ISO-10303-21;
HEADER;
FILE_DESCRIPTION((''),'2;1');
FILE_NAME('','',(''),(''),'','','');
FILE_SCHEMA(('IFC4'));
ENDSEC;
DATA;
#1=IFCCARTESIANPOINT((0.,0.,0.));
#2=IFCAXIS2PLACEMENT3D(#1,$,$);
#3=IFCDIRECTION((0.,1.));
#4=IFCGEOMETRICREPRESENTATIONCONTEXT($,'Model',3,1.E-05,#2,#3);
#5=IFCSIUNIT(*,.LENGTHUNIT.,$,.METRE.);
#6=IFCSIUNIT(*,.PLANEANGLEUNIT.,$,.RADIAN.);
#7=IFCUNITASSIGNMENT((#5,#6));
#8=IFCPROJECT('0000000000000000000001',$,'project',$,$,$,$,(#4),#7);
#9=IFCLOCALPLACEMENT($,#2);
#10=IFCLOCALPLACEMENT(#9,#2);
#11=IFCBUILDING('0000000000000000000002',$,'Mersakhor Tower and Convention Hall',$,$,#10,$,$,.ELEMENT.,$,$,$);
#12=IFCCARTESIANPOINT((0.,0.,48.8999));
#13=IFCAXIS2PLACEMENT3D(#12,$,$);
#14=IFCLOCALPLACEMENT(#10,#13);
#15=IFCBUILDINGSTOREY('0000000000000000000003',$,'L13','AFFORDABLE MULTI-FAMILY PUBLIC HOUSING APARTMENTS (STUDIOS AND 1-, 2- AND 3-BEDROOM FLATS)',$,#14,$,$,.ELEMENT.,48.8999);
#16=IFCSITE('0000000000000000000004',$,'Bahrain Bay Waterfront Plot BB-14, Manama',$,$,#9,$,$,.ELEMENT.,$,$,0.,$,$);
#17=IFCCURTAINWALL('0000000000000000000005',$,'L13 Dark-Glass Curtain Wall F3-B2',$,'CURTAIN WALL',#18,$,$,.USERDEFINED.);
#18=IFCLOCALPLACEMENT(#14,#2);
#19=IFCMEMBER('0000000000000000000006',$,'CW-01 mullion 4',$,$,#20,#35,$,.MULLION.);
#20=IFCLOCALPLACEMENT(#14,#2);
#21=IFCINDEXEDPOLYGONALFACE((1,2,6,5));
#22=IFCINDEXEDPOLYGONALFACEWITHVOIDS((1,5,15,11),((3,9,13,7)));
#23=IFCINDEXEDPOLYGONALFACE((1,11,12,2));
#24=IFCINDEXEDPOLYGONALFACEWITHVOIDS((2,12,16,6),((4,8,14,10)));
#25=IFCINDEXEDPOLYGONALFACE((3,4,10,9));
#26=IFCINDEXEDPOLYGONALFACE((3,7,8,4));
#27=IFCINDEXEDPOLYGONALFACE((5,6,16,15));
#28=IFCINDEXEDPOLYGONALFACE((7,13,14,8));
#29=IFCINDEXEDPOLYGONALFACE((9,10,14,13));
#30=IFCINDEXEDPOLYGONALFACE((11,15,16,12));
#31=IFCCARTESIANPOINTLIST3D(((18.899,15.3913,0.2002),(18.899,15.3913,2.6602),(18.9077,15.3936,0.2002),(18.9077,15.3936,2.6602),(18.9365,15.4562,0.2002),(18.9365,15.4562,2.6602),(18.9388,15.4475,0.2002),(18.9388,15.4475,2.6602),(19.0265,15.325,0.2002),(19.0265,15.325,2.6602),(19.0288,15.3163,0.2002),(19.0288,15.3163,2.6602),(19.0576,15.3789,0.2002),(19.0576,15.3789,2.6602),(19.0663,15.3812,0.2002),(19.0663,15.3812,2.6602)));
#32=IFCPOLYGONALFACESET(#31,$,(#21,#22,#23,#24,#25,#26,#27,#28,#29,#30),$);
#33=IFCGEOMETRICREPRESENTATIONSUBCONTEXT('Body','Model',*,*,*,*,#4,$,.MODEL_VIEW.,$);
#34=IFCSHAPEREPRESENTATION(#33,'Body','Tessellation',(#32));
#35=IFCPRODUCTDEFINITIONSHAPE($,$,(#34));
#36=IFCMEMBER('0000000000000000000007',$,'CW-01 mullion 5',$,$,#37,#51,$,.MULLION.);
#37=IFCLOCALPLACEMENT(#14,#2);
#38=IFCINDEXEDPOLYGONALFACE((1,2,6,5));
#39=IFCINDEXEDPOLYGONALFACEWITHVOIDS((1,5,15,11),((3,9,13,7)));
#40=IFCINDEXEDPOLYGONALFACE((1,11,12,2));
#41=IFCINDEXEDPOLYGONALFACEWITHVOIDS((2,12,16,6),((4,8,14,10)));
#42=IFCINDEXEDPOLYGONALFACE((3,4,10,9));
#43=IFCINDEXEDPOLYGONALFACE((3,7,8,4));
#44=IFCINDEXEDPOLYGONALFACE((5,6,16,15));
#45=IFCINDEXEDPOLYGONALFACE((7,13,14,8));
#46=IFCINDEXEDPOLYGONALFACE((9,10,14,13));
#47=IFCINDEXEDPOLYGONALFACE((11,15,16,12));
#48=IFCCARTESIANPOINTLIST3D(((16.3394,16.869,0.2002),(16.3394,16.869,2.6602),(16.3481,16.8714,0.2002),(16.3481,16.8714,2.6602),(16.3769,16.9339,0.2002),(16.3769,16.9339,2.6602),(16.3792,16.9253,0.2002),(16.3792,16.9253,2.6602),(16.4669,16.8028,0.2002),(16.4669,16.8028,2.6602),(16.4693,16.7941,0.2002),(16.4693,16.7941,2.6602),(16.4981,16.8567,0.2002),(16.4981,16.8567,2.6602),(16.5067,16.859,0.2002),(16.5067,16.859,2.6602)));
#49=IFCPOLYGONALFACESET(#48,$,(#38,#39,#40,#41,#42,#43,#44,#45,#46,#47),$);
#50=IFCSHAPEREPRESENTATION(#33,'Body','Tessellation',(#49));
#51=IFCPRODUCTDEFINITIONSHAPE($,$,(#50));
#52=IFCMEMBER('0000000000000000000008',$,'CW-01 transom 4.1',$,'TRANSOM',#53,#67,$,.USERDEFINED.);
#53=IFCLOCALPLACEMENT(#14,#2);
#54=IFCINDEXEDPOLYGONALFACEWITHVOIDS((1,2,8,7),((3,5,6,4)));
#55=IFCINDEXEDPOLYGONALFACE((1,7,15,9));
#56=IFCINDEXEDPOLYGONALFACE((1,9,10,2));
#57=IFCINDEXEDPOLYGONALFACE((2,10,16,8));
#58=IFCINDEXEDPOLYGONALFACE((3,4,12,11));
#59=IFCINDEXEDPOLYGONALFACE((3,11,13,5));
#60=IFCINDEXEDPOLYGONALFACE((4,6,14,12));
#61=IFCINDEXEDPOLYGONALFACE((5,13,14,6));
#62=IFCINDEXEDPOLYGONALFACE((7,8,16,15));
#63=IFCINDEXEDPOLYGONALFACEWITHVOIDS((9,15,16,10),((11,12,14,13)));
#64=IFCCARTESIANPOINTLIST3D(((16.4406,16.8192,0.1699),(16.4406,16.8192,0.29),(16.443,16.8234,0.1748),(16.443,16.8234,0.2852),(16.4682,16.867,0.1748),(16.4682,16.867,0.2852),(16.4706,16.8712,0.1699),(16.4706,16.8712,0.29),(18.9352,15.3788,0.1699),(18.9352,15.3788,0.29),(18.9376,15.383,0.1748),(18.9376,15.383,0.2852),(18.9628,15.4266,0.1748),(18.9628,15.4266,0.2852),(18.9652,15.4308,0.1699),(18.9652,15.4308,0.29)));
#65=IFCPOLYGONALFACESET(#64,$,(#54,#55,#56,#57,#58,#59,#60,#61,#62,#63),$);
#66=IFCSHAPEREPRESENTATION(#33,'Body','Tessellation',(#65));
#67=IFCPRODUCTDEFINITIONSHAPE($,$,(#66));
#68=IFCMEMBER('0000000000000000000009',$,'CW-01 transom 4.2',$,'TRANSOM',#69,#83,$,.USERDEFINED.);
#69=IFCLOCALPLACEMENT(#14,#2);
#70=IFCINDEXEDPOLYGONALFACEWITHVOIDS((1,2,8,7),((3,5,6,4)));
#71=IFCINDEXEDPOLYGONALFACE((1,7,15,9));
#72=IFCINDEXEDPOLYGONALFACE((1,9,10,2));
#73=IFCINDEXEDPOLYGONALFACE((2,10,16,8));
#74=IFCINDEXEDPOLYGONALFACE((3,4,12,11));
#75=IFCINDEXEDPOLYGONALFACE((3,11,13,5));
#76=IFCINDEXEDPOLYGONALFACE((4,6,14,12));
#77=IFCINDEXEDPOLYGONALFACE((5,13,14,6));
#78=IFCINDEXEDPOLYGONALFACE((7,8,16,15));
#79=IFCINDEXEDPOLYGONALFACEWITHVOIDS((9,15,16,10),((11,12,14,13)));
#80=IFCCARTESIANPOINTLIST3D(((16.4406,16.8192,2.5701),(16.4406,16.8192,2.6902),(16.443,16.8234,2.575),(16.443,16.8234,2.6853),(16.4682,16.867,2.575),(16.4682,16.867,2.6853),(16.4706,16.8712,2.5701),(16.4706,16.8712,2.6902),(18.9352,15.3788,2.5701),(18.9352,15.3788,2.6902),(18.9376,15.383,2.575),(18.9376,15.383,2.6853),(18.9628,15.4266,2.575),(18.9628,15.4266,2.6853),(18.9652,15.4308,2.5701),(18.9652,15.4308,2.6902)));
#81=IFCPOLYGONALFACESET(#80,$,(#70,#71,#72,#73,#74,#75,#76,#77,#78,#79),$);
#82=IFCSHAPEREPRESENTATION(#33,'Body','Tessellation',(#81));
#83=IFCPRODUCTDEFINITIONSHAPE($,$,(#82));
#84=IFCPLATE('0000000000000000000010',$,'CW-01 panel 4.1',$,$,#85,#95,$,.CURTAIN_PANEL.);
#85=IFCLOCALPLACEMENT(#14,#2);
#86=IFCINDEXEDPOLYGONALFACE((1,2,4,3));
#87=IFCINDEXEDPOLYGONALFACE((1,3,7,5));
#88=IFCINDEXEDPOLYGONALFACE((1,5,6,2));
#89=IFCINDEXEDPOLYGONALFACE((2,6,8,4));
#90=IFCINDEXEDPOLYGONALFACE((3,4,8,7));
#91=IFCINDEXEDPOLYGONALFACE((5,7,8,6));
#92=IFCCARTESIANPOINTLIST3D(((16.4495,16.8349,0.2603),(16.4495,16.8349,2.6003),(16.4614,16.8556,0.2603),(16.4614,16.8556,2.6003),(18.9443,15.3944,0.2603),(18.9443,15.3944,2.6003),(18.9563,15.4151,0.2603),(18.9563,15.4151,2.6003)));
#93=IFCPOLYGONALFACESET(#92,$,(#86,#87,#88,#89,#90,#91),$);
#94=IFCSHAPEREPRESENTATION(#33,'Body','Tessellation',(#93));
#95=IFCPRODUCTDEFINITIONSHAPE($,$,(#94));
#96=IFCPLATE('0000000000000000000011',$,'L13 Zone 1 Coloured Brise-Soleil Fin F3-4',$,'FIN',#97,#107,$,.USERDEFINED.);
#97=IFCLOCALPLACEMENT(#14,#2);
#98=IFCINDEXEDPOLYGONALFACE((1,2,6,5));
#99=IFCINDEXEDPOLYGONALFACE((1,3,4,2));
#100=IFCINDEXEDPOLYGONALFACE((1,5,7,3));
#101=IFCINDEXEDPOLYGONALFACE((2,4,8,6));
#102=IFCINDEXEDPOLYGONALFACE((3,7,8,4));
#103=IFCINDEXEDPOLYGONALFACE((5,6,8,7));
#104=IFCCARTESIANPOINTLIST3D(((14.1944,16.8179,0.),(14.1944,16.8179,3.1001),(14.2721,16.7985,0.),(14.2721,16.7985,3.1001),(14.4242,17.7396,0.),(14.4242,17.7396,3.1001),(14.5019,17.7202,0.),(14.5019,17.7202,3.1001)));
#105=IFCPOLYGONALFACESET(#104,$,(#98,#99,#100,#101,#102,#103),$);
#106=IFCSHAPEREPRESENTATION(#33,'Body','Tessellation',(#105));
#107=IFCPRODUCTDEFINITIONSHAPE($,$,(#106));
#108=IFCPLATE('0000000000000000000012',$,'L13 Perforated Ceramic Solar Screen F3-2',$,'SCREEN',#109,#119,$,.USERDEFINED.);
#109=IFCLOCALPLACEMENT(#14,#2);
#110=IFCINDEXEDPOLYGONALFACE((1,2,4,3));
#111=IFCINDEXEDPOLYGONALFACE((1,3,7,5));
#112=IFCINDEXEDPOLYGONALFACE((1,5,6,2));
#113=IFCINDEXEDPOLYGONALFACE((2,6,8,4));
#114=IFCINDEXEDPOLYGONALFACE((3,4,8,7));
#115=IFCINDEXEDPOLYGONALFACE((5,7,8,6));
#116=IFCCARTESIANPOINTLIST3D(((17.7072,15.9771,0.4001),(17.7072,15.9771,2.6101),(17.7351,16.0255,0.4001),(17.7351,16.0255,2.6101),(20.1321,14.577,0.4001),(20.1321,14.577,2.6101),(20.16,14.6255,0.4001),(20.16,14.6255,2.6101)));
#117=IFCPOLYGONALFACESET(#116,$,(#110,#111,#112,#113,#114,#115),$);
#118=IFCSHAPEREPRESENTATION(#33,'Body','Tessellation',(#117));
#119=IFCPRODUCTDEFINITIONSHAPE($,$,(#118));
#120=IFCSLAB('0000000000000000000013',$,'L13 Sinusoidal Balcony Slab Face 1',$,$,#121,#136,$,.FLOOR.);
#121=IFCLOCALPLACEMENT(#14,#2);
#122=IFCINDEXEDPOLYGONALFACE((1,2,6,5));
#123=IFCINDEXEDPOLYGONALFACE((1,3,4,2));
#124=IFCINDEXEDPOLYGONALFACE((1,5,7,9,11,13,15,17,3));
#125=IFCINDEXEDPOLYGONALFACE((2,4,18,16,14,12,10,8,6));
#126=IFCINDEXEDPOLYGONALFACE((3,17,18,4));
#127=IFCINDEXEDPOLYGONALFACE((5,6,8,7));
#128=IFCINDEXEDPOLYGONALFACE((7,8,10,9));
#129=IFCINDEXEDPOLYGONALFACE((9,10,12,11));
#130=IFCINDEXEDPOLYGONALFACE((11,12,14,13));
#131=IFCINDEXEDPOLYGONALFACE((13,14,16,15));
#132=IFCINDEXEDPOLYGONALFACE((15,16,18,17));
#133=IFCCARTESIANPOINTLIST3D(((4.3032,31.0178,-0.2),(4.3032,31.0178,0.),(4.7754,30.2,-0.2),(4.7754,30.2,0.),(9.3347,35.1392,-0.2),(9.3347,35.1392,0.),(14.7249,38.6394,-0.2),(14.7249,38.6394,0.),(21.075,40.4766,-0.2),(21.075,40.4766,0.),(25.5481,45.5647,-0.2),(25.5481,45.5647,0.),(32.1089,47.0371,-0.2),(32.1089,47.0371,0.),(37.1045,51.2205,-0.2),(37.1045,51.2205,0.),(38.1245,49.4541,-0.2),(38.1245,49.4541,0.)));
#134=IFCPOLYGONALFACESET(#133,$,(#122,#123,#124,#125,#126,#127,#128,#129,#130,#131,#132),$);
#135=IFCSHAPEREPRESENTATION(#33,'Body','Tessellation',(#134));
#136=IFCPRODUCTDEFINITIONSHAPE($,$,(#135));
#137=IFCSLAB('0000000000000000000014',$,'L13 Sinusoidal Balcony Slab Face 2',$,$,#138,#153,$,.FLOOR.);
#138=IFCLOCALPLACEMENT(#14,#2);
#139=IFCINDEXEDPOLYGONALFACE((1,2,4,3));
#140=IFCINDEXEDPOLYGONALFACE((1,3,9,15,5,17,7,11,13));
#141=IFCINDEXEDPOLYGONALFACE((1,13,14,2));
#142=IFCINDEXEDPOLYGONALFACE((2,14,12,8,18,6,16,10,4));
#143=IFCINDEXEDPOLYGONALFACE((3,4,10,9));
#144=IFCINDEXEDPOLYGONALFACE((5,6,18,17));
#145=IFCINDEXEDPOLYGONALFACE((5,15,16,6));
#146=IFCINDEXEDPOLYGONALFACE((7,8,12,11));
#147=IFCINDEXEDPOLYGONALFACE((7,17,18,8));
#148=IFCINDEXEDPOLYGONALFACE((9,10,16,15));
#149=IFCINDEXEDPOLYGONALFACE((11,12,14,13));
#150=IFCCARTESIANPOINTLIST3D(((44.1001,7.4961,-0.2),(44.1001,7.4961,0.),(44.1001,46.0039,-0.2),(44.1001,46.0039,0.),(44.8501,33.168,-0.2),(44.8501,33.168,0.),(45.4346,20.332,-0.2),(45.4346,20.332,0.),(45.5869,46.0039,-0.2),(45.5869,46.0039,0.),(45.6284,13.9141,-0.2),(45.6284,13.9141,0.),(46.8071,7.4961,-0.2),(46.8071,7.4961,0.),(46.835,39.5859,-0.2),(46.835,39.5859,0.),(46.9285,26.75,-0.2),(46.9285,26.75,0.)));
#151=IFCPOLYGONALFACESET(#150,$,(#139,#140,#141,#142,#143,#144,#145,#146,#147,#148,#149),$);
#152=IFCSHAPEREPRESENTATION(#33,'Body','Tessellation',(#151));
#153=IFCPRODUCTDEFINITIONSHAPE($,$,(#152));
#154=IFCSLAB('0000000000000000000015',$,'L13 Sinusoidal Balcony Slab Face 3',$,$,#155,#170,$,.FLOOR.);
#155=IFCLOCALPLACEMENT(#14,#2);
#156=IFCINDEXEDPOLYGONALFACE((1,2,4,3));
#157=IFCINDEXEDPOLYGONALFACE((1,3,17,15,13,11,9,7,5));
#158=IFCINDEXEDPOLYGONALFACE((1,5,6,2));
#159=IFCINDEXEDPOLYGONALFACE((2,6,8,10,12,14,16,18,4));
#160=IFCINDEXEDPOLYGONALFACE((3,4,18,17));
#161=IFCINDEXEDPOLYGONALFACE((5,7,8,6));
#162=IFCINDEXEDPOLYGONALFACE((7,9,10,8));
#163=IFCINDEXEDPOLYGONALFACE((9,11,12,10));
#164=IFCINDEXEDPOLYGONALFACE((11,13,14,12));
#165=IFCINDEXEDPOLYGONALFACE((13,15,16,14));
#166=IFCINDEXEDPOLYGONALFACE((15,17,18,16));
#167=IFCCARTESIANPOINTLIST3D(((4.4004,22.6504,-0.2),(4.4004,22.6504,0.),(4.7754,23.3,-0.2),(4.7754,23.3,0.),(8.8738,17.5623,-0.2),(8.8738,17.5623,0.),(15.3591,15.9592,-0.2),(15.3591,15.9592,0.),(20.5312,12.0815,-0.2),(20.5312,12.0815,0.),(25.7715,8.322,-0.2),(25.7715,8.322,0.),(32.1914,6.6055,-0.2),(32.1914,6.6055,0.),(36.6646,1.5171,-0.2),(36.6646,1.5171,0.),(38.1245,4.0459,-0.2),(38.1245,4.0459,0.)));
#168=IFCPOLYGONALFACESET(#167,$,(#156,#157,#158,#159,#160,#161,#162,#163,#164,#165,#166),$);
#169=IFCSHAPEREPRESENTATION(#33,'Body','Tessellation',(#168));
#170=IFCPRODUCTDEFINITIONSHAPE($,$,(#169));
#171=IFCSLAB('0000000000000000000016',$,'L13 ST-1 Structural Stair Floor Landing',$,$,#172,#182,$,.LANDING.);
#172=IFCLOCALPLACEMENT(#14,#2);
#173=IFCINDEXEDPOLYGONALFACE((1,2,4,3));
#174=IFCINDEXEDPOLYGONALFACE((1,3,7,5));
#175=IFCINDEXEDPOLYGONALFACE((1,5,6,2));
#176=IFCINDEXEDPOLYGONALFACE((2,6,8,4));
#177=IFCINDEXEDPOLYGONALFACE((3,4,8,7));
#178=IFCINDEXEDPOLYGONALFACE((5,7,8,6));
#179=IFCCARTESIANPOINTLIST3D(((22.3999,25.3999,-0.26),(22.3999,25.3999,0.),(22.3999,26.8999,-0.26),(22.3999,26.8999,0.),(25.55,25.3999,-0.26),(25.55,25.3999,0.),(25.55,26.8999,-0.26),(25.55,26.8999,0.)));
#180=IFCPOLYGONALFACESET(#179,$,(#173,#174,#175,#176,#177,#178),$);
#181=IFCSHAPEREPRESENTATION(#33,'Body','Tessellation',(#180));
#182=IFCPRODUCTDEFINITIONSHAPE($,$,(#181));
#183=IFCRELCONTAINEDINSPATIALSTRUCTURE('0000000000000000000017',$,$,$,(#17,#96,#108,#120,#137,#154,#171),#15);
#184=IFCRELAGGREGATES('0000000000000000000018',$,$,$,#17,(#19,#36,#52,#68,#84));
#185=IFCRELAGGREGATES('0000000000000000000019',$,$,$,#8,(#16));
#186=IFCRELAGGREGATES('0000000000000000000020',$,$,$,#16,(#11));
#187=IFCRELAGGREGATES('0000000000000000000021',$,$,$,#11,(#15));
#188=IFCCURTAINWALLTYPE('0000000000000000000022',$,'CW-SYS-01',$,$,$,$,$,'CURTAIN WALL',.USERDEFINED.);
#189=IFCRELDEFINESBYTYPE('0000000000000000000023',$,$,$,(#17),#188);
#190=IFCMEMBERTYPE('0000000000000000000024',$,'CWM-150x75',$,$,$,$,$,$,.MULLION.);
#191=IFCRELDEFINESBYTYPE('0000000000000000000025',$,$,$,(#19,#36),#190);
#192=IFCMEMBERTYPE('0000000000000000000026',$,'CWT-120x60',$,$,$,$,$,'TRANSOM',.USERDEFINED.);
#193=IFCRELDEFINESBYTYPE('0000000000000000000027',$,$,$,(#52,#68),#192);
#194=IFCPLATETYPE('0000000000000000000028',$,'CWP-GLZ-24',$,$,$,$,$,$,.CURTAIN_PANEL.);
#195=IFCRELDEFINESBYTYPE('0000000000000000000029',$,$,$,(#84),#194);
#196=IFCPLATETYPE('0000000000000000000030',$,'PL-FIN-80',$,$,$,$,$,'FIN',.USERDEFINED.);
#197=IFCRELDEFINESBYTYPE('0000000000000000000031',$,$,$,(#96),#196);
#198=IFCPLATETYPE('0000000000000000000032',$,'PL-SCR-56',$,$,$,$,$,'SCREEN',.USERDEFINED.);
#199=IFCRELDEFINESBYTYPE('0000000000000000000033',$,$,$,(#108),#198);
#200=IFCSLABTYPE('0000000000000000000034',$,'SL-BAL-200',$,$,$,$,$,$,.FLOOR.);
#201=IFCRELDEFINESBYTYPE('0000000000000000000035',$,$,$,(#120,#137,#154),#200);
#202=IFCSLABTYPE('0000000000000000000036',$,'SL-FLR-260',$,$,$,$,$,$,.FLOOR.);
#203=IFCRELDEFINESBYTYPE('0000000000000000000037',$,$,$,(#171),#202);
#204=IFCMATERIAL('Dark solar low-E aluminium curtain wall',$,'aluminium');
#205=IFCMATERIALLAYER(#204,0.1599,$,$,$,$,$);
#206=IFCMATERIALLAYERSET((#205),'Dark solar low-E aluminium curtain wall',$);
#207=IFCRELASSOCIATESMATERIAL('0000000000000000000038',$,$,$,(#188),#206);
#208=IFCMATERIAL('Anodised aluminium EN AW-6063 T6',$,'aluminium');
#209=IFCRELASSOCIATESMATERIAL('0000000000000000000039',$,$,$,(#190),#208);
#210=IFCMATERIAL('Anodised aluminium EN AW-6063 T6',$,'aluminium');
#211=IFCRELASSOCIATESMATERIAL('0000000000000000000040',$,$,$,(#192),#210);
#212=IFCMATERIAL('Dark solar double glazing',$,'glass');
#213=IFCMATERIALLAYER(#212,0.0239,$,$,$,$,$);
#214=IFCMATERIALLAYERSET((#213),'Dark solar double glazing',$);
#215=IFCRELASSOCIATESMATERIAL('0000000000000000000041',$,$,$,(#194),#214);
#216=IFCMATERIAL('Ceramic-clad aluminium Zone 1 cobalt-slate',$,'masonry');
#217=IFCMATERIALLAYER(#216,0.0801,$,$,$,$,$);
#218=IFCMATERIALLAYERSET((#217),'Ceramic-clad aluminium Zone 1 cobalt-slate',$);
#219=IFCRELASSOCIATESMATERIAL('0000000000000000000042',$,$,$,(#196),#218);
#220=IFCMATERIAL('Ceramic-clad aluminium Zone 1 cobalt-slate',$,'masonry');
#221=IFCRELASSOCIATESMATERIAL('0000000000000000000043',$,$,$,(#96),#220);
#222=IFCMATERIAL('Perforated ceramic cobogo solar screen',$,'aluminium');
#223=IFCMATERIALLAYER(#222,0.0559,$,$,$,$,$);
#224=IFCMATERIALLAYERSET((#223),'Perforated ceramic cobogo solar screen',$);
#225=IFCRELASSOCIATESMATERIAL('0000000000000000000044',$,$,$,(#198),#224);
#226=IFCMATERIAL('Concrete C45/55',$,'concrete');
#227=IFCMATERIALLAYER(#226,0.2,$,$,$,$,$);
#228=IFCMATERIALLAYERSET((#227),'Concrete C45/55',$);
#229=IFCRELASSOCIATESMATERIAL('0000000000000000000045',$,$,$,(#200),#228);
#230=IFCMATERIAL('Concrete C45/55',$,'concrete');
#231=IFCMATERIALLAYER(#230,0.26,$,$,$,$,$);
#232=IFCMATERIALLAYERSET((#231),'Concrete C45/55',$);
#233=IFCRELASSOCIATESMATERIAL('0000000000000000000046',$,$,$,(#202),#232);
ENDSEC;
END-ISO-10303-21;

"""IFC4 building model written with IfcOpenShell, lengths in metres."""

from ifc_helpers import new_model, si_unit, direction, frame, origin, origin_2d, place, context, subcontext, project, spatial, polyline, rectangle, hollow_rectangle, outline, extrude, material, layer, layer_set, material_profile, profile_set, type_object, element, aggregate, save


model = new_model("IFC4")

# Units and contexts
model_context = context("Model", 3, precision=1e-05, world=origin(), true_north=direction((0.0, 1.0)))
body_context = subcontext(model_context, "Body", "Model", "MODEL_VIEW")
ifc_project = project(units=[si_unit("LENGTHUNIT", "METRE"), si_unit("PLANEANGLEUNIT", "RADIAN")], contexts=[model_context])

# Site, building, storey
site_placement = place(None, origin())
site = spatial("IfcSite", under=ifc_project, at=site_placement, Name="Bahrain Bay Waterfront Plot BB-14, Manama", CompositionType="ELEMENT", RefElevation=0.0)
building_placement = place(site_placement, origin())
building = spatial("IfcBuilding", under=site, at=building_placement, Name="Mersakhor Tower and Convention Hall", CompositionType="ELEMENT")
storey_placement = place(building_placement, frame((0.0, 0.0, 48.8999)))
storey = spatial("IfcBuildingStorey", under=building, at=storey_placement, Name="L13", Description="AFFORDABLE MULTI-FAMILY PUBLIC HOUSING APARTMENTS (STUDIOS AND 1-, 2- AND 3-BEDROOM FLATS)", CompositionType="ELEMENT", Elevation=48.8999)

# Curtain wall, members, plate
ifc_material_1 = material(Name="Dark solar low-E aluminium curtain wall", Category="aluminium")
ifc_layer_1 = layer(ifc_material_1, 0.1599)
ifc_layer_set_1 = layer_set([ifc_layer_1], Name="Dark solar low-E aluminium curtain wall")
curtain_wall_type = type_object("IfcCurtainWallType", Name="CW-SYS-01", ElementType="CURTAIN WALL", PredefinedType="USERDEFINED", material=ifc_layer_set_1)
curtain_wall_placement = place(storey_placement, origin())
curtain_wall = element("IfcCurtainWall", 1, at=curtain_wall_placement, inside=storey, type_object=curtain_wall_type, Name="L13 Dark-Glass Curtain Wall F3-B2", ObjectType="CURTAIN WALL", PredefinedType="USERDEFINED")
ifc_material_2 = material(Name="Anodised aluminium EN AW-6063 T6", Category="aluminium")
ifc_material_profile_1 = material_profile(ifc_material_2, hollow_rectangle(XDim=0.075, YDim=0.1499, WallThickness=0.0063, at=origin_2d()), Name="RHS 150x75x6.3")
ifc_profile_set_1 = profile_set([ifc_material_profile_1], Name="Anodised aluminium EN AW-6063 T6")
member_type_1 = type_object("IfcMemberType", Name="CWM-150x75", PredefinedType="MULLION", material=ifc_profile_set_1)
member_1_placement = place(storey_placement, frame((18.9827, 15.3862, 0.2002), z_axis=(0.0, 0.0, 1.0), x_axis=(-0.500003, -0.866023, 0.0)))
member_1 = element("IfcMember", 2, at=member_1_placement, type_object=member_type_1, Name="CW-01 mullion 4", PredefinedType="MULLION", context=body_context, shape_type="SweptSolid", body=[
    extrude(hollow_rectangle(XDim=0.075, YDim=0.1499, WallThickness=0.0063, at=origin_2d()), origin(), (0.0, 0.0, 1.0), 2.46),
])
member_2_placement = place(storey_placement, frame((16.4231, 16.864, 0.2002), z_axis=(0.0, 0.0, 1.0), x_axis=(-0.500003, -0.866023, 0.0)))
member_2 = element("IfcMember", 3, at=member_2_placement, type_object=member_type_1, Name="CW-01 mullion 5", PredefinedType="MULLION", context=body_context, shape_type="SweptSolid", body=[
    extrude(hollow_rectangle(XDim=0.075, YDim=0.1499, WallThickness=0.0063, at=origin_2d()), origin(), (0.0, 0.0, 1.0), 2.46),
])
ifc_material_3 = material(Name="Anodised aluminium EN AW-6063 T6", Category="aluminium")
ifc_material_profile_2 = material_profile(ifc_material_3, hollow_rectangle(XDim=0.0601, YDim=0.1201, WallThickness=0.0049, at=origin_2d()), Name="RHS 120x60x5")
ifc_profile_set_2 = profile_set([ifc_material_profile_2], Name="Anodised aluminium EN AW-6063 T6")
member_type_2 = type_object("IfcMemberType", Name="CWT-120x60", ElementType="TRANSOM", PredefinedType="USERDEFINED", material=ifc_profile_set_2)
member_3_placement = place(storey_placement, frame((18.9502, 15.4048, 0.23), z_axis=(-0.866002, 0.50004, 0.0), x_axis=(-0.50004, -0.866002, 0.0)))
member_3 = element("IfcMember", 4, at=member_3_placement, type_object=member_type_2, Name="CW-01 transom 4.1", ObjectType="TRANSOM", PredefinedType="USERDEFINED", context=body_context, shape_type="SweptSolid", body=[
    extrude(hollow_rectangle(XDim=0.0601, YDim=0.1201, WallThickness=0.0049, at=origin_2d()), origin(), (0.0, 0.0, 1.0), 2.8806),
])
member_4_placement = place(storey_placement, frame((18.9502, 15.4048, 2.6301), z_axis=(-0.866002, 0.50004, 0.0), x_axis=(-0.50004, -0.866002, 0.0)))
member_4 = element("IfcMember", 5, at=member_4_placement, type_object=member_type_2, Name="CW-01 transom 4.2", ObjectType="TRANSOM", PredefinedType="USERDEFINED", context=body_context, shape_type="SweptSolid", body=[
    extrude(hollow_rectangle(XDim=0.0601, YDim=0.1201, WallThickness=0.0049, at=origin_2d()), origin(), (0.0, 0.0, 1.0), 2.8806),
])
ifc_material_4 = material(Name="Dark solar double glazing", Category="glass")
ifc_layer_2 = layer(ifc_material_4, 0.0239)
ifc_layer_set_2 = layer_set([ifc_layer_2], Name="Dark solar double glazing")
plate_type_1 = type_object("IfcPlateType", Name="CWP-GLZ-24", PredefinedType="CURTAIN_PANEL", material=ifc_layer_set_2)
plate_1_placement = place(storey_placement, frame((17.7029, 16.125, 0.2603), z_axis=(0.0, 0.0, 1.0), x_axis=(-0.866023, 0.500003, 0.0)))
plate_1 = element("IfcPlate", 6, at=plate_1_placement, type_object=plate_type_1, Name="CW-01 panel 4.1", PredefinedType="CURTAIN_PANEL", context=body_context, shape_type="SweptSolid", body=[
    extrude(rectangle(XDim=2.8809, YDim=0.0239, at=origin_2d()), origin(), (0.0, 0.0, 1.0), 2.3401),
])
aggregate(curtain_wall, [member_1, member_2, member_3, member_4, plate_1])

# Plates
ifc_material_5 = material(Name="Ceramic-clad aluminium Zone 1 cobalt-slate", Category="masonry")
ifc_material_6 = material(Name="Ceramic-clad aluminium Zone 1 cobalt-slate", Category="masonry")
ifc_layer_3 = layer(ifc_material_6, 0.0801)
ifc_layer_set_3 = layer_set([ifc_layer_3], Name="Ceramic-clad aluminium Zone 1 cobalt-slate")
plate_type_2 = type_object("IfcPlateType", Name="PL-FIN-80", ElementType="FIN", PredefinedType="USERDEFINED", material=ifc_layer_set_3)
plate_2_placement = place(storey_placement, frame((14.3481, 17.269, 0.0), z_axis=(0.0, 0.0, 1.0), x_axis=(-0.241922, -0.970296, 0.0)))
element("IfcPlate", 7, at=plate_2_placement, inside=storey, type_object=plate_type_2, material=ifc_material_5, Name="L13 Zone 1 Coloured Brise-Soleil Fin F3-4", ObjectType="FIN", PredefinedType="USERDEFINED", context=body_context, shape_type="SweptSolid", body=[
    extrude(rectangle(XDim=0.95, YDim=0.0801, at=origin_2d()), origin(), (0.0, 0.0, 1.0), 3.1001),
])
ifc_material_7 = material(Name="Perforated ceramic cobogo solar screen", Category="aluminium")
ifc_layer_4 = layer(ifc_material_7, 0.0559)
ifc_layer_set_4 = layer_set([ifc_layer_4], Name="Perforated ceramic cobogo solar screen")
plate_type_3 = type_object("IfcPlateType", Name="PL-SCR-56", ElementType="SCREEN", PredefinedType="USERDEFINED", material=ifc_layer_set_4)
plate_3_placement = place(storey_placement, frame((18.9336, 15.3013, 0.4001), z_axis=(0.0, 0.0, 1.0), x_axis=(-0.866025, 0.5, 0.0)))
element("IfcPlate", 8, at=plate_3_placement, inside=storey, type_object=plate_type_3, Name="L13 Perforated Ceramic Solar Screen F3-2", ObjectType="SCREEN", PredefinedType="USERDEFINED", context=body_context, shape_type="SweptSolid", body=[
    extrude(rectangle(XDim=2.8, YDim=0.0559, at=origin_2d()), origin(), (0.0, 0.0, 1.0), 2.21),
])

# Slabs
ifc_material_8 = material(Name="Concrete C45/55", Category="concrete")
ifc_layer_5 = layer(ifc_material_8, 0.2)
ifc_layer_set_5 = layer_set([ifc_layer_5], Name="Concrete C45/55")
slab_type_1 = type_object("IfcSlabType", Name="SL-BAL-200", PredefinedType="FLOOR", material=ifc_layer_set_5)
slab_1_placement = place(storey_placement, frame((0.0, 0.0, -0.2)))
element("IfcSlab", 9, at=slab_1_placement, inside=storey, type_object=slab_type_1, Name="L13 Sinusoidal Balcony Slab Face 1", PredefinedType="FLOOR", context=body_context, shape_type="SweptSolid", body=[
    extrude(outline(polyline([(4.7754, 30.2), (38.1245, 49.4541), (37.1045, 51.2205), (32.1089, 47.0371), (25.5481, 45.5647), (21.075, 40.4766), (14.7249, 38.6394), (9.3347, 35.1392), (4.3032, 31.0178), (4.7754, 30.2)])), origin(), (0.0, 0.0, 1.0), 0.2),
])
slab_2_placement = place(storey_placement, frame((0.0, 0.0, -0.2)))
element("IfcSlab", 10, at=slab_2_placement, inside=storey, type_object=slab_type_1, Name="L13 Sinusoidal Balcony Slab Face 2", PredefinedType="FLOOR", context=body_context, shape_type="SweptSolid", body=[
    extrude(outline(polyline([(44.1001, 46.0039), (44.1001, 7.4961), (46.8071, 7.4961), (45.6284, 13.9141), (45.4346, 20.332), (46.9285, 26.75), (44.8501, 33.168), (46.835, 39.5859), (45.5869, 46.0039), (44.1001, 46.0039)])), origin(), (0.0, 0.0, 1.0), 0.2),
])
slab_3_placement = place(storey_placement, frame((0.0, 0.0, -0.2)))
element("IfcSlab", 11, at=slab_3_placement, inside=storey, type_object=slab_type_1, Name="L13 Sinusoidal Balcony Slab Face 3", PredefinedType="FLOOR", context=body_context, shape_type="SweptSolid", body=[
    extrude(outline(polyline([(38.1245, 4.0459), (4.7754, 23.3), (4.4004, 22.6504), (8.8738, 17.5623), (15.3591, 15.9592), (20.5312, 12.0815), (25.7715, 8.322), (32.1914, 6.6055), (36.6646, 1.5171), (38.1245, 4.0459)])), origin(), (0.0, 0.0, 1.0), 0.2),
])
ifc_material_9 = material(Name="Concrete C45/55", Category="concrete")
ifc_layer_6 = layer(ifc_material_9, 0.26)
ifc_layer_set_6 = layer_set([ifc_layer_6], Name="Concrete C45/55")
slab_type_2 = type_object("IfcSlabType", Name="SL-FLR-260", PredefinedType="FLOOR", material=ifc_layer_set_6)
slab_4_placement = place(storey_placement, frame((0.0, 0.0, -0.26)))
element("IfcSlab", 12, at=slab_4_placement, inside=storey, type_object=slab_type_2, Name="L13 ST-1 Structural Stair Floor Landing", PredefinedType="LANDING", context=body_context, shape_type="SweptSolid", body=[
    extrude(outline(polyline([(25.55, 25.3999), (25.55, 26.8999), (22.3999, 26.8999), (22.3999, 25.3999), (25.55, 25.3999)])), origin(), (0.0, 0.0, 1.0), 0.26),
])

save(model, "model.ifc")
